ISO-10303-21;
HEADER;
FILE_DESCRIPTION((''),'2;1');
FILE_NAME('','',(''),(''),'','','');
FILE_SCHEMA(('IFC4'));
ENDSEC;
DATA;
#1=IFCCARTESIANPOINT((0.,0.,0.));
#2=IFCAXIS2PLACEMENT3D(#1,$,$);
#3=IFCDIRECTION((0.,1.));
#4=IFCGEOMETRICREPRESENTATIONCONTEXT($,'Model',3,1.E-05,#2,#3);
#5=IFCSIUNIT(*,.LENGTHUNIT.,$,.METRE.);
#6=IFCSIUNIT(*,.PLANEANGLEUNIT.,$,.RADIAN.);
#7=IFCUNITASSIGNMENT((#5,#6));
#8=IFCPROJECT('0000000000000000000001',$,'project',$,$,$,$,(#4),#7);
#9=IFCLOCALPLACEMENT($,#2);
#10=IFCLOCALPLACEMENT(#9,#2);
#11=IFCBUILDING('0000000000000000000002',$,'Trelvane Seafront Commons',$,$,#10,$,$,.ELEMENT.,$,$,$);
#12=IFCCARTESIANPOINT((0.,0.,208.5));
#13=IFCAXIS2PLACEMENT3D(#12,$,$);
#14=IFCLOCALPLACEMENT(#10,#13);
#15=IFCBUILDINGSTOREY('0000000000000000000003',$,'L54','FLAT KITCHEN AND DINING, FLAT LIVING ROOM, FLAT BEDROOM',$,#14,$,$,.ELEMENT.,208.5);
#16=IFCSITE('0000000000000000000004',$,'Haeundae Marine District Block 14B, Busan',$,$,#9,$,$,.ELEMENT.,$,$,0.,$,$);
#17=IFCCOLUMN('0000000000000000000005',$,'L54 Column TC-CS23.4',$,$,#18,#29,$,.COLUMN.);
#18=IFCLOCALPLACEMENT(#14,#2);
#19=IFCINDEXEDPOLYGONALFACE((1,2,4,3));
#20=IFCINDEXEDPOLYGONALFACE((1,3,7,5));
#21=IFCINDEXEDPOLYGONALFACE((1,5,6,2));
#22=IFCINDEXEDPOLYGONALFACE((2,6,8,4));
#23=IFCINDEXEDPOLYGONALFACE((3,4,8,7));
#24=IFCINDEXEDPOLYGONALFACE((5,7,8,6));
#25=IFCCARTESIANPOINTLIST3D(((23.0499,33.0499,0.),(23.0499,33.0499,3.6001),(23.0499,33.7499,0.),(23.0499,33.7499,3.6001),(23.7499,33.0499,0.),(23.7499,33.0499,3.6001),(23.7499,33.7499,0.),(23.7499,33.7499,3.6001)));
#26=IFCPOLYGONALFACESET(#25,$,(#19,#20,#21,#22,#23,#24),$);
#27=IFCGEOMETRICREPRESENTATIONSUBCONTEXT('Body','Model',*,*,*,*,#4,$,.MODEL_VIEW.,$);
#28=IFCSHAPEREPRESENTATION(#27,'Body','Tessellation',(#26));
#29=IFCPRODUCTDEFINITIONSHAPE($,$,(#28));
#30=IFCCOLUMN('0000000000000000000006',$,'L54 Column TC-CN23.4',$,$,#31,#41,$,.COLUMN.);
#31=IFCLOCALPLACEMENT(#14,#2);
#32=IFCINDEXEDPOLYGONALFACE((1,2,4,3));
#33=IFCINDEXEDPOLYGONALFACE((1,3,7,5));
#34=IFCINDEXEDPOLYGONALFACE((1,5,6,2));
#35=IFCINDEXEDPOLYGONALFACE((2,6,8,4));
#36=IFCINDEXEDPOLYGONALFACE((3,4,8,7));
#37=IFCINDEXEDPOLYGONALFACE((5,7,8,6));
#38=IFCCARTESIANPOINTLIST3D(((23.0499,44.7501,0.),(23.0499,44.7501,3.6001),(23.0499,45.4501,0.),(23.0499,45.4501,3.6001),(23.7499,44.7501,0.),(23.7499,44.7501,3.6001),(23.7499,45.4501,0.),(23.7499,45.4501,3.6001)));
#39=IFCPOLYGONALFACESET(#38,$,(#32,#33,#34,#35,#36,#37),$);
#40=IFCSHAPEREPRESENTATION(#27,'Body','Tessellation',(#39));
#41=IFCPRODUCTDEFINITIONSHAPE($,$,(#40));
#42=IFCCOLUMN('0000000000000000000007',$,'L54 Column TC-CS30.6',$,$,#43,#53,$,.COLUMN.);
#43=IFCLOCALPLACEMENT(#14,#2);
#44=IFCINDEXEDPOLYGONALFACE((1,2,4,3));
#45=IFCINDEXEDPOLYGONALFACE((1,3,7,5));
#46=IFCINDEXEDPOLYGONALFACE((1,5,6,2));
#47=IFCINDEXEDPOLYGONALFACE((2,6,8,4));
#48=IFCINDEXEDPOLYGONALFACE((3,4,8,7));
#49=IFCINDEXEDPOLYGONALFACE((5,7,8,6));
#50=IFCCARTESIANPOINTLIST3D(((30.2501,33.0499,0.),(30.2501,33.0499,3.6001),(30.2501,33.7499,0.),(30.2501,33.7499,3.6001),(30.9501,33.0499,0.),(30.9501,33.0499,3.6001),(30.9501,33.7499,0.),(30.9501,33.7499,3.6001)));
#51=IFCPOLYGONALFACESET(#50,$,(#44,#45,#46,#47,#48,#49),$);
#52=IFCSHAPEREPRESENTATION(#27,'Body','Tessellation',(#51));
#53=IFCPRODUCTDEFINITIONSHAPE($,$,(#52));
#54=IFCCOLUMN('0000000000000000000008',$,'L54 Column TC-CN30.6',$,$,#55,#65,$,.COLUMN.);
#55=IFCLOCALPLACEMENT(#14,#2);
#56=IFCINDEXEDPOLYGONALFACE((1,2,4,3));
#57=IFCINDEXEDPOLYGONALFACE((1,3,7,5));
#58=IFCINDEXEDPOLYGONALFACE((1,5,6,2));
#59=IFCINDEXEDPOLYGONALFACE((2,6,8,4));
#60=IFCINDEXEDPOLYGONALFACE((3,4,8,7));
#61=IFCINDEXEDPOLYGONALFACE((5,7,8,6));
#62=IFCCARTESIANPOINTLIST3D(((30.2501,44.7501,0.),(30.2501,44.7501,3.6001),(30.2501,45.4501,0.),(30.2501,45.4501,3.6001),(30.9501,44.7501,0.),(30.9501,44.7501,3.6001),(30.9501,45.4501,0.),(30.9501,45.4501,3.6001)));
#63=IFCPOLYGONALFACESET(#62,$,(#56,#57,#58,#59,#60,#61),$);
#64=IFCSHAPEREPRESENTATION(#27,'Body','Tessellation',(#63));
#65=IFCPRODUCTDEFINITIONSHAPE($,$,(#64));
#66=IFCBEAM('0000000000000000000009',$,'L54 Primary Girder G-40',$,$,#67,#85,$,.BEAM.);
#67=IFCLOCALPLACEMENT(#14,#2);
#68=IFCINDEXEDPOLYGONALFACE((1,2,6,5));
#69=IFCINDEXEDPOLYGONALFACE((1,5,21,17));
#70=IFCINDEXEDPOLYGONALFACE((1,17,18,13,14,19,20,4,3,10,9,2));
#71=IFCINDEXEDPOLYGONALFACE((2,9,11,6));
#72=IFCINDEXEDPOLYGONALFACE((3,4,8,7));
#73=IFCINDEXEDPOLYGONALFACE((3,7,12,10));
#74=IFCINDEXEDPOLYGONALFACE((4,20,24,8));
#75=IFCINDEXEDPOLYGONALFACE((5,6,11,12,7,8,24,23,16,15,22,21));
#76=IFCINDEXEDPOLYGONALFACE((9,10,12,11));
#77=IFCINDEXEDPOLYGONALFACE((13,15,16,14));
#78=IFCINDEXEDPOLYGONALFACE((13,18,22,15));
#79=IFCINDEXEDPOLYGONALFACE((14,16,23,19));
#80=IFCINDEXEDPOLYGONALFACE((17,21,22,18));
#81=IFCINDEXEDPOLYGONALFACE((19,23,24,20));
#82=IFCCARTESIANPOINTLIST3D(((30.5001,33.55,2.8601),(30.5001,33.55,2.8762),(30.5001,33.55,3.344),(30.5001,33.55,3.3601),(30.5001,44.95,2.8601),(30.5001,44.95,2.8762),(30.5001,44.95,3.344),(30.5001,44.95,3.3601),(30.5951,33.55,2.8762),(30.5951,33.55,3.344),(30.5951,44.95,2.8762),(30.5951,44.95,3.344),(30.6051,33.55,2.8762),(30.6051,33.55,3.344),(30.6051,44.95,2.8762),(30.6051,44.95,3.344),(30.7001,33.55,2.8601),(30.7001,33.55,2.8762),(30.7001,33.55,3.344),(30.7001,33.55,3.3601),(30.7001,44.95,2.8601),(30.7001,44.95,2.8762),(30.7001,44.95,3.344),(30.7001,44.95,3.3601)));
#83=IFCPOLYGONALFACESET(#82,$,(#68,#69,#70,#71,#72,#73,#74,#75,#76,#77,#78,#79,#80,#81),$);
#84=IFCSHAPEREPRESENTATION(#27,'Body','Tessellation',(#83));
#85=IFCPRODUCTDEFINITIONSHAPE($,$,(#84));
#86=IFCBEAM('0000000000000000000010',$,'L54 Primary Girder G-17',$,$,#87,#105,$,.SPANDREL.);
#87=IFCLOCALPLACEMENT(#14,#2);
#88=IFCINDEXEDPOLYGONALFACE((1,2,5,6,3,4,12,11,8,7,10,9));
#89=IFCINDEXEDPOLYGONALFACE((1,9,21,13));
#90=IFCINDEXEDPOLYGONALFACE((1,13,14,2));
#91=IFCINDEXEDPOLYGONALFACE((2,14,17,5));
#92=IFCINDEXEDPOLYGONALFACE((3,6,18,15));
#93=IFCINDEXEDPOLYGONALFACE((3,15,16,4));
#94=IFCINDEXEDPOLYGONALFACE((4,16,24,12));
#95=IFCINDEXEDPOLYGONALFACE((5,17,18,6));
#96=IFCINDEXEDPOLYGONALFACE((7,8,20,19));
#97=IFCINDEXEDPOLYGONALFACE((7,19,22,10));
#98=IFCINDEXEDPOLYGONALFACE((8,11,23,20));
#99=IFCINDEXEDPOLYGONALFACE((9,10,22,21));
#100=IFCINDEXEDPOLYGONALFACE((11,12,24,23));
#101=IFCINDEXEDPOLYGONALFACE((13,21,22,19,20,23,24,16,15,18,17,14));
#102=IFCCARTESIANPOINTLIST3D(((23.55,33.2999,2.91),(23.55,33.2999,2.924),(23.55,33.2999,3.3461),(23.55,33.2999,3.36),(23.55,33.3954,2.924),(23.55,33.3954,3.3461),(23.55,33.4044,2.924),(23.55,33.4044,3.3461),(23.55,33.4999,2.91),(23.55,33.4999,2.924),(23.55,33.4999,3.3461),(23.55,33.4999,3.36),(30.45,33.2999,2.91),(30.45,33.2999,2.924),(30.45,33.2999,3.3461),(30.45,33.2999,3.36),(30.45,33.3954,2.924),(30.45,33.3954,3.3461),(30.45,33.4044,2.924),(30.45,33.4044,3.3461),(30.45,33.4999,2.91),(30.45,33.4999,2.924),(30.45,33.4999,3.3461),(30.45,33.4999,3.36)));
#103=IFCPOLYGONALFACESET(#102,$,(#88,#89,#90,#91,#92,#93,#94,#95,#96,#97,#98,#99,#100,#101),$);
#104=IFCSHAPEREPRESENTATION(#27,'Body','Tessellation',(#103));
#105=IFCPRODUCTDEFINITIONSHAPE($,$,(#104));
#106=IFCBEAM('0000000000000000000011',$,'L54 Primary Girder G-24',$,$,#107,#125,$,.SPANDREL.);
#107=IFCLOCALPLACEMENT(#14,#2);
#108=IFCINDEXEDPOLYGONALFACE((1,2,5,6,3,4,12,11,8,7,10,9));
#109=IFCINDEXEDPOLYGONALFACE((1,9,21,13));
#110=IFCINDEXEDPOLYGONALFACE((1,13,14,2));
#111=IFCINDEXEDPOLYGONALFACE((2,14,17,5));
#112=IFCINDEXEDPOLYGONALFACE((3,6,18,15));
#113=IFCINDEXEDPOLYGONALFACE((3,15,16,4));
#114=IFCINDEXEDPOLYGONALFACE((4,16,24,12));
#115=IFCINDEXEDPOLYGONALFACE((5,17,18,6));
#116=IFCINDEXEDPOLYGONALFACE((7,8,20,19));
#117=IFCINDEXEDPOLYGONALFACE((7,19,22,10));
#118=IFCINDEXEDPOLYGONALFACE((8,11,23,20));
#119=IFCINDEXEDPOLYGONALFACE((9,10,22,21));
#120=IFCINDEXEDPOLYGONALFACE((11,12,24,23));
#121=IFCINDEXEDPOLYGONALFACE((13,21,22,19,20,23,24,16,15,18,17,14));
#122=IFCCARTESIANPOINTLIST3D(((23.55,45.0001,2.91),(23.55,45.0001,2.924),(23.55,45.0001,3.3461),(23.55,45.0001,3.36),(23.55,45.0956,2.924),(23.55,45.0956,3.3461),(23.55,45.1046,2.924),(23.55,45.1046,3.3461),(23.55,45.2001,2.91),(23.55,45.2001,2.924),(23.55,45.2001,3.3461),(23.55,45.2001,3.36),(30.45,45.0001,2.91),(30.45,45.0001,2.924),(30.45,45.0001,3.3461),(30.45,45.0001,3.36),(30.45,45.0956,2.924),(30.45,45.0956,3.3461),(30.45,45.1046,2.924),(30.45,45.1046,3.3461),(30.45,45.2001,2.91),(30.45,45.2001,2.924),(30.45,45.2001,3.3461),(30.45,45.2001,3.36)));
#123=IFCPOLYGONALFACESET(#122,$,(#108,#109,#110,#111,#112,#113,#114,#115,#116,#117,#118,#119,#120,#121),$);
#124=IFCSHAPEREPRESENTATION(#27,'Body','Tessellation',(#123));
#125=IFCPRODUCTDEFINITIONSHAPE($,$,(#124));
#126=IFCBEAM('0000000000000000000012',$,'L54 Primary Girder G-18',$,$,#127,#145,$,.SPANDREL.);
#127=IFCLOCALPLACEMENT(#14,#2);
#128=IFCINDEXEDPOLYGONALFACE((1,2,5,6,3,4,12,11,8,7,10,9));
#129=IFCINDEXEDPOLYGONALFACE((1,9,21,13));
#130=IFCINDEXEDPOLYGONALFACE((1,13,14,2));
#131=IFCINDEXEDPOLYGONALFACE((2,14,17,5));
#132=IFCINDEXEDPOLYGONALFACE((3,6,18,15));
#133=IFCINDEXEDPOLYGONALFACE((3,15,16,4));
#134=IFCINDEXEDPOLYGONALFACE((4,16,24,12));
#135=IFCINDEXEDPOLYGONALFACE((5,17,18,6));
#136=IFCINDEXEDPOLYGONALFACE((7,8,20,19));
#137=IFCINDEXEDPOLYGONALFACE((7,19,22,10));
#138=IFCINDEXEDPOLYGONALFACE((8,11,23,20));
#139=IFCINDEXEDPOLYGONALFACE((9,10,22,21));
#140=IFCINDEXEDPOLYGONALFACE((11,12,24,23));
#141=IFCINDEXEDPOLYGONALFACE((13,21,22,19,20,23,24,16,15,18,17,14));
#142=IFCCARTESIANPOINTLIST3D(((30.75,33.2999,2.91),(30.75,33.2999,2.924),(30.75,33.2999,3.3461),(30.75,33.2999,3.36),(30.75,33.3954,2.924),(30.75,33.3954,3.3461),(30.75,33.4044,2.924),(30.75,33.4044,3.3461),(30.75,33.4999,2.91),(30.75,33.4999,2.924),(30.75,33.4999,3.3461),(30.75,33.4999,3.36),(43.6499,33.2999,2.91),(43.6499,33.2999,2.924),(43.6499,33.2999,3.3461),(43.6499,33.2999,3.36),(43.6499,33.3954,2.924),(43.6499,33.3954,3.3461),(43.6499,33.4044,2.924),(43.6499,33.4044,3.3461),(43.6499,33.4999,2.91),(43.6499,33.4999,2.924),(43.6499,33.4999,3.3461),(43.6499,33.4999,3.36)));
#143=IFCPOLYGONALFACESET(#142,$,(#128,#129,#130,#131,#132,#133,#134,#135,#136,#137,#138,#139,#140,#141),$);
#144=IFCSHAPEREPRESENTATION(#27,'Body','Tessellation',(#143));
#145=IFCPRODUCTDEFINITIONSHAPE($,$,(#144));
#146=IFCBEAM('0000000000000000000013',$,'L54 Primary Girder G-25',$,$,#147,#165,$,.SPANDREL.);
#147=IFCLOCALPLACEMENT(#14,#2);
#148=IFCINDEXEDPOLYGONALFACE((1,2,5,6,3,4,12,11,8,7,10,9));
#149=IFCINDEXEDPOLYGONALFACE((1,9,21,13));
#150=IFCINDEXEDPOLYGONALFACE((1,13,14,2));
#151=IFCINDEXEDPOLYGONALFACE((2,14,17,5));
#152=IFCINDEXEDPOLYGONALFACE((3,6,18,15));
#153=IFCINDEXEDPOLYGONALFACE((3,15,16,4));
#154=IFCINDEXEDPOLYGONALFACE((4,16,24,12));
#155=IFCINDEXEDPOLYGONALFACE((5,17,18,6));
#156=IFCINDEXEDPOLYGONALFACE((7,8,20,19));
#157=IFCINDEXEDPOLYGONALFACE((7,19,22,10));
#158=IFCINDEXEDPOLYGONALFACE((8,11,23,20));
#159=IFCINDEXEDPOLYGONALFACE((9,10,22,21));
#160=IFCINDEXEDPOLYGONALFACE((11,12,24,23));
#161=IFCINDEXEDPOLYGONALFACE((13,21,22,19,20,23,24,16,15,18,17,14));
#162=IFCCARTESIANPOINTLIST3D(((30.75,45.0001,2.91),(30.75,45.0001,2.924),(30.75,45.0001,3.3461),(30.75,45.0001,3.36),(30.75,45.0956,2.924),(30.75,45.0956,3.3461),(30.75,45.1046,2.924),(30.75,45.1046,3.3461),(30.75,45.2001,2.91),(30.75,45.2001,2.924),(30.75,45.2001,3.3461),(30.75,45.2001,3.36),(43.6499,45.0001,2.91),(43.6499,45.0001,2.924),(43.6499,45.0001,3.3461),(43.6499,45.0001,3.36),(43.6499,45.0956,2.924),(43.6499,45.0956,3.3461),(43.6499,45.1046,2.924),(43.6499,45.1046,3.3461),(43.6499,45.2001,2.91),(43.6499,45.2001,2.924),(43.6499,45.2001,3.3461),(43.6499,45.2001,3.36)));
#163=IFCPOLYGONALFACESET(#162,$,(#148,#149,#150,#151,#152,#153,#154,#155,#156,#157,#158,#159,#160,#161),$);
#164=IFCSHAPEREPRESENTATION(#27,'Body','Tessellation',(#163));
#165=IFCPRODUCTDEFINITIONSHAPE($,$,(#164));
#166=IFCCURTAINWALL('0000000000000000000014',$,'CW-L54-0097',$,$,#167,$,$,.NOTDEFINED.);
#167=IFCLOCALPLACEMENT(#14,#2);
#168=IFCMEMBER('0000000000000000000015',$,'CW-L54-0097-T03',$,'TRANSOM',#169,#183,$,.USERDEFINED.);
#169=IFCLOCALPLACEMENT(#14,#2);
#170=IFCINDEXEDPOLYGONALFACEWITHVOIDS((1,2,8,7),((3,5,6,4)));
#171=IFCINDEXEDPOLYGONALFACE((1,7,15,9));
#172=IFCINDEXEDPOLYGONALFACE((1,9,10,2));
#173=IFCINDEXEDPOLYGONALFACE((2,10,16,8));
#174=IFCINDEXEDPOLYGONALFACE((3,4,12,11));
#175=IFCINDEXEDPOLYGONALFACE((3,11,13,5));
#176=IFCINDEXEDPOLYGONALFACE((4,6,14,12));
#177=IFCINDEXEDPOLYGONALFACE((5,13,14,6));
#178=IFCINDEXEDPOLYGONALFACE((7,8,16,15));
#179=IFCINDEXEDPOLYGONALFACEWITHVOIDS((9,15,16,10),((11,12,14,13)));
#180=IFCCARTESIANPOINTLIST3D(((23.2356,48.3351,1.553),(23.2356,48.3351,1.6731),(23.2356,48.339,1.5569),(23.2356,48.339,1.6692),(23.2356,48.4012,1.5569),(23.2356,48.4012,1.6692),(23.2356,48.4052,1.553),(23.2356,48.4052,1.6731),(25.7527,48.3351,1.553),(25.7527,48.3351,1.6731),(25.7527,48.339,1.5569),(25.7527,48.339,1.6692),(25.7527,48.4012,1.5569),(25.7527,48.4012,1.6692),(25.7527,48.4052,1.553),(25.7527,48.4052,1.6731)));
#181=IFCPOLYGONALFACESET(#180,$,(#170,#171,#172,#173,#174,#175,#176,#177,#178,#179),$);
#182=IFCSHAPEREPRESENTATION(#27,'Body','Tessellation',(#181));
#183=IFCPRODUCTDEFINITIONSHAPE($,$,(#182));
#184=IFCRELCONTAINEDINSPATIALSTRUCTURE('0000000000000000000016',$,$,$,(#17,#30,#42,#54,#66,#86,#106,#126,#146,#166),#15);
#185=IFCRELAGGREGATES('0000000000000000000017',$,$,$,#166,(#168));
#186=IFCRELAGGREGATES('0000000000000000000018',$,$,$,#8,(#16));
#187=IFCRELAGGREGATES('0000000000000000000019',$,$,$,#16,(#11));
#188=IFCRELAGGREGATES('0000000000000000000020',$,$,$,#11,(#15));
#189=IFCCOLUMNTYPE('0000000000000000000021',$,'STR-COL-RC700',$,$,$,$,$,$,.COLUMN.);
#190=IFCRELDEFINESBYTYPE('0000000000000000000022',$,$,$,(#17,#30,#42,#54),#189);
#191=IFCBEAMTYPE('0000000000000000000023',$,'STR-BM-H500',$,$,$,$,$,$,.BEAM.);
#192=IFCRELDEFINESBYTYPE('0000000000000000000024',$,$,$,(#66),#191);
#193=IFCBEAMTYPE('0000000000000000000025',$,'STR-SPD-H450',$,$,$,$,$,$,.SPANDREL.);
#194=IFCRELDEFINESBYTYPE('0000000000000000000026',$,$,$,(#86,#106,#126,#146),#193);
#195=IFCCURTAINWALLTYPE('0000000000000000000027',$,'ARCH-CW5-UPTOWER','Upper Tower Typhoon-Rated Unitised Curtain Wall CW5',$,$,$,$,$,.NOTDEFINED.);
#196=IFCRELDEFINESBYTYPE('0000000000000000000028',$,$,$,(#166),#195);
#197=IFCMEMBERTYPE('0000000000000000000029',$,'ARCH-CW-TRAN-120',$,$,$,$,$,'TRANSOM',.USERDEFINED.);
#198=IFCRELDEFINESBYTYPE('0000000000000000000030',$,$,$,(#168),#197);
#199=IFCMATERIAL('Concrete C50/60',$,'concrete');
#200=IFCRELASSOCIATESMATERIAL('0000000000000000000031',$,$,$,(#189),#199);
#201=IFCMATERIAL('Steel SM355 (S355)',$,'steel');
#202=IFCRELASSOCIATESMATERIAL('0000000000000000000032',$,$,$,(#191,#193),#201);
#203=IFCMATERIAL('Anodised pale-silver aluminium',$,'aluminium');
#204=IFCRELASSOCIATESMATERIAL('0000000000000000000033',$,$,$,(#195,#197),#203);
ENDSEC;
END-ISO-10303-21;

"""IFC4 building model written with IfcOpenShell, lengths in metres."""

from ifc_helpers import new_model, si_unit, direction, frame, origin, origin_2d, place, context, subcontext, project, spatial, rectangle, hollow_rectangle, i_section, extrude, source, transform, mapped, material, material_profile, profile_set, type_object, element, aggregate, save


model = new_model("IFC4")

# Units and contexts
model_context = context("Model", 3, precision=1e-05, world=origin(), true_north=direction((0.0, 1.0)))
body_context = subcontext(model_context, "Body", "Model", "MODEL_VIEW")
ifc_project = project(units=[si_unit("LENGTHUNIT", "METRE"), si_unit("PLANEANGLEUNIT", "RADIAN")], contexts=[model_context])

# Site, building, storey
site_placement = place(None, origin())
site = spatial("IfcSite", under=ifc_project, at=site_placement, Name="Haeundae Marine District Block 14B, Busan", CompositionType="ELEMENT", RefElevation=0.0)
building_placement = place(site_placement, origin())
building = spatial("IfcBuilding", under=site, at=building_placement, Name="Trelvane Seafront Commons", CompositionType="ELEMENT")
storey_placement = place(building_placement, frame((0.0, 0.0, 208.5)))
storey = spatial("IfcBuildingStorey", under=building, at=storey_placement, Name="L54", Description="FLAT KITCHEN AND DINING, FLAT LIVING ROOM, FLAT BEDROOM", CompositionType="ELEMENT", Elevation=208.5)

# Columns
ifc_material_1 = material(Name="Concrete C50/60", Category="concrete")
ifc_material_profile_1 = material_profile(ifc_material_1, rectangle(XDim=0.7, YDim=0.7, at=origin_2d()), Name="RC-700x700")
ifc_profile_set_1 = profile_set([ifc_material_profile_1], Name="Concrete C50/60")
column_type = type_object("IfcColumnType", Name="STR-COL-RC700", PredefinedType="COLUMN", material=ifc_profile_set_1)
shared_shape_1 = source(origin(), body_context, "Body", "SweptSolid", [
    extrude(rectangle(XDim=0.7, YDim=0.7, at=origin_2d()), origin(), (0.0, 0.0, 1.0), 3.6001),
])
for number, where, z_axis, x_axis, name in (
    (1, (23.3999, 33.3999, 0.0), (0.0, 0.0, 1.0), (1.0, 0.0, 0.0), "L54 Column TC-CS23.4"),
    (2, (23.3999, 45.1001, 0.0), (0.0, 0.0, 1.0), (1.0, 0.0, 0.0), "L54 Column TC-CN23.4"),
    (3, (30.6001, 33.3999, 0.0), (0.0, 0.0, 1.0), (1.0, 0.0, 0.0), "L54 Column TC-CS30.6"),
    (4, (30.6001, 45.1001, 0.0), (0.0, 0.0, 1.0), (1.0, 0.0, 0.0), "L54 Column TC-CN30.6"),
):
    element("IfcColumn", number, at=place(storey_placement, frame(where, z_axis=z_axis, x_axis=x_axis)), inside=storey, type_object=column_type, Name=name, PredefinedType="COLUMN", context=body_context, shape_type="MappedRepresentation", body=[
        mapped(shared_shape_1, transform((0.0, 0.0, 0.0), x_axis=(1.0, 0.0, 0.0), y_axis=(0.0, 1.0, 0.0), z_axis=(0.0, 0.0, 1.0), scale=1.0)),
    ])

# Beams
ifc_material_2 = material(Name="Steel SM355 (S355)", Category="steel")
ifc_material_profile_2 = material_profile(ifc_material_2, i_section(OverallWidth=0.2, OverallDepth=0.5, WebThickness=0.01, FlangeThickness=0.0161, at=origin_2d()), Name="H-500x200x10x16")
ifc_profile_set_2 = profile_set([ifc_material_profile_2], Name="Steel SM355 (S355)")
beam_type_1 = type_object("IfcBeamType", Name="STR-BM-H500", PredefinedType="BEAM", material=ifc_profile_set_2)
shared_shape_2 = source(origin(), body_context, "Body", "SweptSolid", [
    extrude(i_section(OverallWidth=0.2, OverallDepth=0.5, WebThickness=0.01, FlangeThickness=0.0161, at=origin_2d()), origin(), (0.0, 0.0, 1.0), 11.3999),
])
beam_placement = place(storey_placement, frame((30.6001, 33.55, 3.1101), z_axis=(0.0, 1.0, 0.0), x_axis=(-1.0, 0.0, 0.0)))
element("IfcBeam", 5, at=beam_placement, inside=storey, type_object=beam_type_1, Name="L54 Primary Girder G-40", PredefinedType="BEAM", context=body_context, shape_type="MappedRepresentation", body=[
    mapped(shared_shape_2, transform((0.0, 0.0, 0.0), x_axis=(1.0, 0.0, 0.0), y_axis=(0.0, 1.0, 0.0), z_axis=(0.0, 0.0, 1.0), scale=1.0)),
])
ifc_material_profile_3 = material_profile(ifc_material_2, i_section(OverallWidth=0.2, OverallDepth=0.45, WebThickness=0.009, FlangeThickness=0.0139, at=origin_2d()), Name="H-450x200x9x14")
ifc_profile_set_3 = profile_set([ifc_material_profile_3], Name="Steel SM355 (S355)")
beam_type_2 = type_object("IfcBeamType", Name="STR-SPD-H450", PredefinedType="SPANDREL", material=ifc_profile_set_3)
shared_shape_3 = source(origin(), body_context, "Body", "SweptSolid", [
    extrude(i_section(OverallWidth=0.2, OverallDepth=0.45, WebThickness=0.009, FlangeThickness=0.0139, at=origin_2d()), origin(), (0.0, 0.0, 1.0), 6.8999),
])
for number, where, z_axis, x_axis, name in (
    (6, (23.55, 33.3999, 3.135), (1.0, 0.0, 0.0), (0.0, 1.0, 0.0), "L54 Primary Girder G-17"),
    (7, (23.55, 45.1001, 3.135), (1.0, 0.0, 0.0), (0.0, 1.0, 0.0), "L54 Primary Girder G-24"),
):
    element("IfcBeam", number, at=place(storey_placement, frame(where, z_axis=z_axis, x_axis=x_axis)), inside=storey, type_object=beam_type_2, Name=name, PredefinedType="SPANDREL", context=body_context, shape_type="MappedRepresentation", body=[
        mapped(shared_shape_3, transform((0.0, 0.0, 0.0), x_axis=(1.0, 0.0, 0.0), y_axis=(0.0, 1.0, 0.0), z_axis=(0.0, 0.0, 1.0), scale=1.0)),
    ])
shared_shape_4 = source(origin(), body_context, "Body", "SweptSolid", [
    extrude(i_section(OverallWidth=0.2, OverallDepth=0.45, WebThickness=0.009, FlangeThickness=0.0139, at=origin_2d()), origin(), (0.0, 0.0, 1.0), 12.8999),
])
for number, where, z_axis, x_axis, name in (
    (8, (30.75, 33.3999, 3.135), (1.0, 0.0, 0.0), (0.0, 1.0, 0.0), "L54 Primary Girder G-18"),
    (9, (30.75, 45.1001, 3.135), (1.0, 0.0, 0.0), (0.0, 1.0, 0.0), "L54 Primary Girder G-25"),
):
    element("IfcBeam", number, at=place(storey_placement, frame(where, z_axis=z_axis, x_axis=x_axis)), inside=storey, type_object=beam_type_2, Name=name, PredefinedType="SPANDREL", context=body_context, shape_type="MappedRepresentation", body=[
        mapped(shared_shape_4, transform((0.0, 0.0, 0.0), x_axis=(1.0, 0.0, 0.0), y_axis=(0.0, 1.0, 0.0), z_axis=(0.0, 0.0, 1.0), scale=1.0)),
    ])

# Curtain wall, member
ifc_material_3 = material(Name="Anodised pale-silver aluminium", Category="aluminium")
curtain_wall_type = type_object("IfcCurtainWallType", Name="ARCH-CW5-UPTOWER", Description="Upper Tower Typhoon-Rated Unitised Curtain Wall CW5", PredefinedType="NOTDEFINED", material=ifc_material_3)
curtain_wall_placement = place(storey_placement, origin())
curtain_wall = element("IfcCurtainWall", 10, at=curtain_wall_placement, inside=storey, type_object=curtain_wall_type, Name="CW-L54-0097", PredefinedType="NOTDEFINED")
ifc_material_profile_4 = material_profile(ifc_material_3, hollow_rectangle(XDim=0.0701, YDim=0.1201, WallThickness=0.0039, at=origin_2d()), Name="TRAN-70x120x4")
ifc_profile_set_4 = profile_set([ifc_material_profile_4], Name="Anodised pale-silver aluminium")
member_type_1 = type_object("IfcMemberType", Name="ARCH-CW-TRAN-120", ElementType="TRANSOM", PredefinedType="USERDEFINED", material=ifc_profile_set_4)
shared_shape_5 = source(origin(), body_context, "Body", "SweptSolid", [
    extrude(hollow_rectangle(XDim=0.0701, YDim=0.1201, WallThickness=0.0039, at=origin_2d()), origin(), (0.0, 0.0, 1.0), 2.5171),
])
member_1_placement = place(storey_placement, frame((23.2356, 48.3701, 1.613), z_axis=(1.0, 0.0, 0.0), x_axis=(0.0, 1.0, 0.0)))
member_1 = element("IfcMember", 11, at=member_1_placement, type_object=member_type_1, Name="CW-L54-0097-T03", ObjectType="TRANSOM", PredefinedType="USERDEFINED", context=body_context, shape_type="MappedRepresentation", body=[
    mapped(shared_shape_5, transform((0.0, 0.0, 0.0), x_axis=(1.0, 0.0, 0.0), y_axis=(0.0, 1.0, 0.0), z_axis=(0.0, 0.0, 1.0), scale=1.0)),
])
aggregate(curtain_wall, [member_1])

save(model, "model.ifc")
